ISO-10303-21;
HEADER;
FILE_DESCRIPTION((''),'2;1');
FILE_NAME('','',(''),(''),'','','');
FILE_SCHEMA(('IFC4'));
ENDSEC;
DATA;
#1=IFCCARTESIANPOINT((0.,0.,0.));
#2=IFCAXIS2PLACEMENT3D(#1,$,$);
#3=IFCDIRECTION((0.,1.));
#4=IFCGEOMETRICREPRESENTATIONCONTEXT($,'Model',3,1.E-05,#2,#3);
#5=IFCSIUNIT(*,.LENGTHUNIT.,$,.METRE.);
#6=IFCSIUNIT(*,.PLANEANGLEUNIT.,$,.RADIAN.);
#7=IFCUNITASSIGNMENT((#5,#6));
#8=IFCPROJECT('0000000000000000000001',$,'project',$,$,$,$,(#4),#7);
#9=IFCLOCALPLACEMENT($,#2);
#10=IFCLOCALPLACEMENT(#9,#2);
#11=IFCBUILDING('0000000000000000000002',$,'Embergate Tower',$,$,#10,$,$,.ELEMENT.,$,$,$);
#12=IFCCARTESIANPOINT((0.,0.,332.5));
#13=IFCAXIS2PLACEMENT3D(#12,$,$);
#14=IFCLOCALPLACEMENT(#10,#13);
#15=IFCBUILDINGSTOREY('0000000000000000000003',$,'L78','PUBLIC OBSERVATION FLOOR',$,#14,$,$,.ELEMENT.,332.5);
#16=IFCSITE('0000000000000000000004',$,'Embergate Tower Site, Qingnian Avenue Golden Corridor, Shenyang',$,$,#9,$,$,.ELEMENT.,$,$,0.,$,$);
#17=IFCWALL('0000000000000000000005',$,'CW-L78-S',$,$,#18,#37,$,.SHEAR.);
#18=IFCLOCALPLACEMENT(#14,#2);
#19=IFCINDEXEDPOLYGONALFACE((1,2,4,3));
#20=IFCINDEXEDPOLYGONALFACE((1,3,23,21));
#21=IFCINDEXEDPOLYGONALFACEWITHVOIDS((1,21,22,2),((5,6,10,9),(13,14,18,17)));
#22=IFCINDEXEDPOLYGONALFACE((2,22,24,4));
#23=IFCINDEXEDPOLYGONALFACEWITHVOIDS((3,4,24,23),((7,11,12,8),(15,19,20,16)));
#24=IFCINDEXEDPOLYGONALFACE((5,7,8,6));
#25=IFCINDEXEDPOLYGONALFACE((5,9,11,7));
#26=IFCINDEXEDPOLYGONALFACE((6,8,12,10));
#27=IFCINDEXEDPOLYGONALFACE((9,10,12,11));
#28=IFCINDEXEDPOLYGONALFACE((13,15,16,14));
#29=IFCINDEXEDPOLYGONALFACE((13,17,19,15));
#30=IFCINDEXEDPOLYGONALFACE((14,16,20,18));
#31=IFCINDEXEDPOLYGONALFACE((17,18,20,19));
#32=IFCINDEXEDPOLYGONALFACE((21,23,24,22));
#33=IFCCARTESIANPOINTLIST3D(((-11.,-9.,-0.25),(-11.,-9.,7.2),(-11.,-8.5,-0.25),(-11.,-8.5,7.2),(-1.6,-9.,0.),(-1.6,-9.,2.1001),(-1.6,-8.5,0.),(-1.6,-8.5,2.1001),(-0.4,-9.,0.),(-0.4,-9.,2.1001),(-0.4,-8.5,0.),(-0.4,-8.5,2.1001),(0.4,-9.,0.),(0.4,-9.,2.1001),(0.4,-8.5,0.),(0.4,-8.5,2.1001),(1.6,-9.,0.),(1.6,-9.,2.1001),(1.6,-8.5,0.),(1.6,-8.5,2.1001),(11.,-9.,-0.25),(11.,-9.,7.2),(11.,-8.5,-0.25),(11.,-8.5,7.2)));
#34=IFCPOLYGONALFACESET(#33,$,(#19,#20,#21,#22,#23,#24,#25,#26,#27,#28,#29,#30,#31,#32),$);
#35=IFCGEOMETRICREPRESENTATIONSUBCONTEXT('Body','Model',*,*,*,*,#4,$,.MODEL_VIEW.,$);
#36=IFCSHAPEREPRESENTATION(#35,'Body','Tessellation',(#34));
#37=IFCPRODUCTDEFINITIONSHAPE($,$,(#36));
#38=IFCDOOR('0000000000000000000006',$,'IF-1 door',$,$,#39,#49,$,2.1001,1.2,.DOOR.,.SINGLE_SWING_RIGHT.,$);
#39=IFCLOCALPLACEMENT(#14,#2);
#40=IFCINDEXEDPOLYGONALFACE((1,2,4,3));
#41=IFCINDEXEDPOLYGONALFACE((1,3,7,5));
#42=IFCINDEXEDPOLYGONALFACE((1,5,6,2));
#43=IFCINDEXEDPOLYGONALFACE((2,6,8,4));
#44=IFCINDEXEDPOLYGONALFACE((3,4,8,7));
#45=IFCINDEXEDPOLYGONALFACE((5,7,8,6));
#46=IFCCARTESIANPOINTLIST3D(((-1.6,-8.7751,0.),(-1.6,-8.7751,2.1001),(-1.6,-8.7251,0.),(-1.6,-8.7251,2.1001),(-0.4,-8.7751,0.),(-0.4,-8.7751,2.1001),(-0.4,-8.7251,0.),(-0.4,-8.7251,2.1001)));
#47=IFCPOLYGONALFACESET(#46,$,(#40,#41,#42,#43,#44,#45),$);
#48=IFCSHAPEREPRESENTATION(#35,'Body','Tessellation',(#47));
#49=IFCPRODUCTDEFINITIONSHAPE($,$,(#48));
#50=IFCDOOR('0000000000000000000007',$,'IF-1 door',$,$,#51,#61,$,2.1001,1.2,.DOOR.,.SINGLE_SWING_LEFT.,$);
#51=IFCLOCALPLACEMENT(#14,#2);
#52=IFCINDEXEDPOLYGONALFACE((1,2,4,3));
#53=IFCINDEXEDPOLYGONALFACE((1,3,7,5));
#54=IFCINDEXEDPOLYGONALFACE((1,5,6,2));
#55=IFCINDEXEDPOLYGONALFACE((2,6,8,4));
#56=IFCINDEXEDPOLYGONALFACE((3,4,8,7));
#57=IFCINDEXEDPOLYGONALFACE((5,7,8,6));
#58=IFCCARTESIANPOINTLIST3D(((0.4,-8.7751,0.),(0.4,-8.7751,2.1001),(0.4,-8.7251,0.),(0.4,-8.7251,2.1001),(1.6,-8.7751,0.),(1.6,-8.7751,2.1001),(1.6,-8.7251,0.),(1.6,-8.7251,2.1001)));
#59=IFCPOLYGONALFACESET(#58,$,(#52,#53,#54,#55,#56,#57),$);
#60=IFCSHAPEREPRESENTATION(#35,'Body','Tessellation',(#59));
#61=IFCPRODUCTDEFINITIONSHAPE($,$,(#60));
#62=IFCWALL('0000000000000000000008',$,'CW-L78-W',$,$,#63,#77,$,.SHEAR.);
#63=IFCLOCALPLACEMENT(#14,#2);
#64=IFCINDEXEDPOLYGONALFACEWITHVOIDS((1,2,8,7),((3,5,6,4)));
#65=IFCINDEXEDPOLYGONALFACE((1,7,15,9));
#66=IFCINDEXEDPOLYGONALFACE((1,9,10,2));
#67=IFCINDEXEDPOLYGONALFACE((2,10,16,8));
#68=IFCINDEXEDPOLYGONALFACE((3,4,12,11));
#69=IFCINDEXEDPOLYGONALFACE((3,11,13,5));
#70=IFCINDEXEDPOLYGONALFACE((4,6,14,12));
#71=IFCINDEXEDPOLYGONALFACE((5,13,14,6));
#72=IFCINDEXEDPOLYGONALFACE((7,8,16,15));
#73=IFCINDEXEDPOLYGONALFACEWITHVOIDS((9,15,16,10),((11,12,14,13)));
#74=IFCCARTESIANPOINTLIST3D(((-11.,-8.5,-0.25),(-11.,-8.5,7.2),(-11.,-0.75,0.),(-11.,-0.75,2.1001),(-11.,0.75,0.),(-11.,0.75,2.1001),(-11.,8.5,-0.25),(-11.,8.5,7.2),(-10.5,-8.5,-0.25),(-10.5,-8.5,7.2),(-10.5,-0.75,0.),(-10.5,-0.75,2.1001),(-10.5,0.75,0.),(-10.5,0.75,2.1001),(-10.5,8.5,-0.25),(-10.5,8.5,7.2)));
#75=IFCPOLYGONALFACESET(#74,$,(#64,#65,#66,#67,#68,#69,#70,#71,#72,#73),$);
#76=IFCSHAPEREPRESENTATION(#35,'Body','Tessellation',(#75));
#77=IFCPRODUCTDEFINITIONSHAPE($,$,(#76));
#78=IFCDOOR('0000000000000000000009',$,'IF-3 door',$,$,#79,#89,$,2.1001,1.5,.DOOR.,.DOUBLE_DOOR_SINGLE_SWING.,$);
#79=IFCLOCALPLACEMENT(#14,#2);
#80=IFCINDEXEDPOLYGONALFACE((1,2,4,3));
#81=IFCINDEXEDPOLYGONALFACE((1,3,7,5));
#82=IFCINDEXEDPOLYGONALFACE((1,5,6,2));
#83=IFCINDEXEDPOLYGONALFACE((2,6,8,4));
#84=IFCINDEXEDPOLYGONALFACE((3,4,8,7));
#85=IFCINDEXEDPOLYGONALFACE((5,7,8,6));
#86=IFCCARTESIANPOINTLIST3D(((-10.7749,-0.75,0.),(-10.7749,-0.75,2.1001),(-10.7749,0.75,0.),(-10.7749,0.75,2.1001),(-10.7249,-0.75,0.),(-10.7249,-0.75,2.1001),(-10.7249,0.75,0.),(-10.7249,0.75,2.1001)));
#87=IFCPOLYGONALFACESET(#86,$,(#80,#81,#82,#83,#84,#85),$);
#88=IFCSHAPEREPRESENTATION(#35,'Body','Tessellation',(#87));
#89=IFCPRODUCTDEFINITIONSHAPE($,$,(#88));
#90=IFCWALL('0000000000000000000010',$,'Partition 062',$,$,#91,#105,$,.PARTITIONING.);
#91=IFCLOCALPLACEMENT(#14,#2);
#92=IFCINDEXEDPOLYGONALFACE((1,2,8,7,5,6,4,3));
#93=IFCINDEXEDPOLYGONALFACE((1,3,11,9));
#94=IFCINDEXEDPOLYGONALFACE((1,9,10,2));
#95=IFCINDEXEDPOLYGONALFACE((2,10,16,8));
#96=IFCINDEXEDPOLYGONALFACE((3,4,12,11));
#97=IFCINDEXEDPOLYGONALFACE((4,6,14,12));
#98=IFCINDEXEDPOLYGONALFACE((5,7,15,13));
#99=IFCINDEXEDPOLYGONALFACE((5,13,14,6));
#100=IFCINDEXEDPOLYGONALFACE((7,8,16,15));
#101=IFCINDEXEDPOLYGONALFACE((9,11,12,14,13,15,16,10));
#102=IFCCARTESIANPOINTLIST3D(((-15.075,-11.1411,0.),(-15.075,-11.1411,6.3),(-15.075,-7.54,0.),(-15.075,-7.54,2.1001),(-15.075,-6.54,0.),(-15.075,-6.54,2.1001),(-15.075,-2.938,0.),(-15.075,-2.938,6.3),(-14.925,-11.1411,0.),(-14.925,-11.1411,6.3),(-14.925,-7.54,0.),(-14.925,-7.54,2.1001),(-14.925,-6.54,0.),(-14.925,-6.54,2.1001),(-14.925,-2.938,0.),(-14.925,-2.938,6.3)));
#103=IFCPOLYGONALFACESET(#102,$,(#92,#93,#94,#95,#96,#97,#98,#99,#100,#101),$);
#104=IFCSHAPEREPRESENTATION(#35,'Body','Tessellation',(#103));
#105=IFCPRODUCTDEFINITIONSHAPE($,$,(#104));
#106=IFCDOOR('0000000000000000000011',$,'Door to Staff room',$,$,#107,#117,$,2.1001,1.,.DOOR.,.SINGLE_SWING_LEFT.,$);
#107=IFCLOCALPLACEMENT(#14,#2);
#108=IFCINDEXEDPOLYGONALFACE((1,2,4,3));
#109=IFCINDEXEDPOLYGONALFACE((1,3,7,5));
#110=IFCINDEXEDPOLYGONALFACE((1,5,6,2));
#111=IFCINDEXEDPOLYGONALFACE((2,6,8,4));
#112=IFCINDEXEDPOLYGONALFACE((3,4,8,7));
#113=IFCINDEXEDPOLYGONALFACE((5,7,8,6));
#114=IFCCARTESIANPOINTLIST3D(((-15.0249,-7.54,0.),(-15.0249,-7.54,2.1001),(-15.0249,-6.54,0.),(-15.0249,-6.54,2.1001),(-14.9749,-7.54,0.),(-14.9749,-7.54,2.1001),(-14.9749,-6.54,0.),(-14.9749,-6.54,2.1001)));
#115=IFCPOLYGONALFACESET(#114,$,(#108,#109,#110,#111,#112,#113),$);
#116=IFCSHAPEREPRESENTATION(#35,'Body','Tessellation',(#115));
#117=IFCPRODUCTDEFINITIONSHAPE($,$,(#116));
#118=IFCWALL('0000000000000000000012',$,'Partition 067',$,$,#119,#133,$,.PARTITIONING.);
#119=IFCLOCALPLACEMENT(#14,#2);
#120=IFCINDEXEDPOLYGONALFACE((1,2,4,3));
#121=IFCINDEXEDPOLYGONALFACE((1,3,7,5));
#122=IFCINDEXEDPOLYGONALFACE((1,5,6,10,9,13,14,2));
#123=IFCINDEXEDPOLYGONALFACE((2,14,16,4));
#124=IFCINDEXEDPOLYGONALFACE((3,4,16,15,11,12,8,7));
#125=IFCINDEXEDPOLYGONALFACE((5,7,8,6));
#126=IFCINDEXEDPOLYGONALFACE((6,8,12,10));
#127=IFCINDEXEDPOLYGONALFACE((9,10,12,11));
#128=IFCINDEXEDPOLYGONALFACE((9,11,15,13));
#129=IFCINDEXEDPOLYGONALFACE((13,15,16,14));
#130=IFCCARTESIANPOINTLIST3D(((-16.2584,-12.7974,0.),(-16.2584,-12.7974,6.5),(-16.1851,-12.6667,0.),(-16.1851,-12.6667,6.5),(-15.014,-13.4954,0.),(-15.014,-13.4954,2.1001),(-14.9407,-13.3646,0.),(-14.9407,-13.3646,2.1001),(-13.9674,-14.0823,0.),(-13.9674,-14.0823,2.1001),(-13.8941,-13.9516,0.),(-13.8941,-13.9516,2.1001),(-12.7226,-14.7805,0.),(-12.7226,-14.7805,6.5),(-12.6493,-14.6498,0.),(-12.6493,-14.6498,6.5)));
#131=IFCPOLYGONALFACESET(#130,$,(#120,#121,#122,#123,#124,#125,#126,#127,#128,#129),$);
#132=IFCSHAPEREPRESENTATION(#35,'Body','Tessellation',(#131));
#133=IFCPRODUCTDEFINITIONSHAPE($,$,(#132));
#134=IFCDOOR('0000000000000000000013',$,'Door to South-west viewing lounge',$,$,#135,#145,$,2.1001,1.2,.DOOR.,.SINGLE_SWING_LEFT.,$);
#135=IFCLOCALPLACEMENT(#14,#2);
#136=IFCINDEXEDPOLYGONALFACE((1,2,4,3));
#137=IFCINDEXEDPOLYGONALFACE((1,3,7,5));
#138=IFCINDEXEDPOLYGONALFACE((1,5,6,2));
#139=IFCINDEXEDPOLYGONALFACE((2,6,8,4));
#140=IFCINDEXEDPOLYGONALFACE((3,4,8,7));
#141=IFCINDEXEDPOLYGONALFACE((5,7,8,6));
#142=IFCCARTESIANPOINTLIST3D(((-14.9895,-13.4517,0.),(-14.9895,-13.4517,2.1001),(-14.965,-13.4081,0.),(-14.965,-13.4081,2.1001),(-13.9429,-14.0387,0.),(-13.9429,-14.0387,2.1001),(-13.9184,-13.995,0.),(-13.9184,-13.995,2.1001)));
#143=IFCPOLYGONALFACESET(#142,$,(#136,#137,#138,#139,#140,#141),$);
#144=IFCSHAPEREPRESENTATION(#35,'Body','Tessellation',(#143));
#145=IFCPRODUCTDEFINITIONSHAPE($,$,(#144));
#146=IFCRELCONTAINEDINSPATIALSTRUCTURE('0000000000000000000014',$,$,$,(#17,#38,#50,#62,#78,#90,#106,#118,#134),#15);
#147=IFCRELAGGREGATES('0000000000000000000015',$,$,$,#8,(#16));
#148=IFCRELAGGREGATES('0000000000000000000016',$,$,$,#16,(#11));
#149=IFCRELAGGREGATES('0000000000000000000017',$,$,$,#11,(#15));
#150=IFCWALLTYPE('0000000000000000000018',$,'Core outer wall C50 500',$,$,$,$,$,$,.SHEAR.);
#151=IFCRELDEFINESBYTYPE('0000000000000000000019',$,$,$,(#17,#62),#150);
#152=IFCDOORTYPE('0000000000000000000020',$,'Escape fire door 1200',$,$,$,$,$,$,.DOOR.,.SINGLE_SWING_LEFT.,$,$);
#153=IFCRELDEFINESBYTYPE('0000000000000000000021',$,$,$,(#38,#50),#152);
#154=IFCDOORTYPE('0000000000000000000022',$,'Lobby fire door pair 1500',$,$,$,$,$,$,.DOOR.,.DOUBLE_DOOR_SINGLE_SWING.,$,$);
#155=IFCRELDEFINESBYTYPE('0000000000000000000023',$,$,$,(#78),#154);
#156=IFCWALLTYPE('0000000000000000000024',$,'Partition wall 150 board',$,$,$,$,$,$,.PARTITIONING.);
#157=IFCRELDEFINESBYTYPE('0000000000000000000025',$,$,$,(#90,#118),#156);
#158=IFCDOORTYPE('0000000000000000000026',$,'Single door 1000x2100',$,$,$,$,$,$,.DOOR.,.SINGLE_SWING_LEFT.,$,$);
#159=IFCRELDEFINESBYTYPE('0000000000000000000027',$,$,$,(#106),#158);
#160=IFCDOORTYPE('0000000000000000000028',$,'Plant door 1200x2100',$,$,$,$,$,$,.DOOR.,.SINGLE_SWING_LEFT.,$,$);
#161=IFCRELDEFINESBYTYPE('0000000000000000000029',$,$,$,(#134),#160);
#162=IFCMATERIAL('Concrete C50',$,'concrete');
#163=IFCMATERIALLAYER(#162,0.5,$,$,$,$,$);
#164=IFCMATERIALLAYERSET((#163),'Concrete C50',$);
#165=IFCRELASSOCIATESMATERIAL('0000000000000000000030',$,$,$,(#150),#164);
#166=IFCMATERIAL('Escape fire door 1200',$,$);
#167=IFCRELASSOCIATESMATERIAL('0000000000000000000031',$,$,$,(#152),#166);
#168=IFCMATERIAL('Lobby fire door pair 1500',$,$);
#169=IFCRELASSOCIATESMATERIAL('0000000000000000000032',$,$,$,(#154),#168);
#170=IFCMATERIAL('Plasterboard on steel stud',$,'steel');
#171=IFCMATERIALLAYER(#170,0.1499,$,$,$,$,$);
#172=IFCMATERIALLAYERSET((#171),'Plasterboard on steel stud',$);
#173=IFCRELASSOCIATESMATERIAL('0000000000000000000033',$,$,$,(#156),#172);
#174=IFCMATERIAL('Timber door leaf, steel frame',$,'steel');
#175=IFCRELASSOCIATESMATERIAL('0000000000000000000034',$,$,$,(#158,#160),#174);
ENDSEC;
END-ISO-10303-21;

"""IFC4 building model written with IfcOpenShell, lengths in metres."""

from ifc_helpers import new_model, si_unit, direction, frame, frame_2d, origin, place, context, subcontext, project, spatial, rectangle, extrude, source, transform, mapped, material, layer, layer_set, type_object, element, fill, save


model = new_model("IFC4")

# Units and contexts
model_context = context("Model", 3, precision=1e-05, world=origin(), true_north=direction((0.0, 1.0)))
body_context = subcontext(model_context, "Body", "Model", "MODEL_VIEW")
ifc_project = project(units=[si_unit("LENGTHUNIT", "METRE"), si_unit("PLANEANGLEUNIT", "RADIAN")], contexts=[model_context])

# Site, building, storey
site_placement = place(None, origin())
site = spatial("IfcSite", under=ifc_project, at=site_placement, Name="Embergate Tower Site, Qingnian Avenue Golden Corridor, Shenyang", CompositionType="ELEMENT", RefElevation=0.0)
building_placement = place(site_placement, origin())
building = spatial("IfcBuilding", under=site, at=building_placement, Name="Embergate Tower", CompositionType="ELEMENT")
storey_placement = place(building_placement, frame((0.0, 0.0, 332.5)))
storey = spatial("IfcBuildingStorey", under=building, at=storey_placement, Name="L78", Description="PUBLIC OBSERVATION FLOOR", CompositionType="ELEMENT", Elevation=332.5)

# Wall, openings, doors
ifc_material_1 = material(Name="Concrete C50", Category="concrete")
ifc_layer_1 = layer(ifc_material_1, 0.5)
ifc_layer_set_1 = layer_set([ifc_layer_1], Name="Concrete C50")
wall_type_1 = type_object("IfcWallType", Name="Core outer wall C50 500", PredefinedType="SHEAR", material=ifc_layer_set_1)
shared_shape_1 = source(origin(), body_context, "Body", "SweptSolid", [
    extrude(rectangle(XDim=22.0, YDim=0.5, at=frame_2d((11.0, 0.0))), origin(), (0.0, 0.0, 1.0), 7.45),
])
wall_1_placement = place(storey_placement, frame((-11.0, -8.75, -0.25), z_axis=(0.0, 0.0, 1.0), x_axis=(1.0, 0.0, 0.0)))
wall_1 = element("IfcWall", 1, at=wall_1_placement, inside=storey, type_object=wall_type_1, Name="CW-L78-S", PredefinedType="SHEAR", context=body_context, shape_type="MappedRepresentation", body=[
    mapped(shared_shape_1, transform((0.0, 0.0, 0.0))),
])
shared_shape_2 = source(origin(), body_context, "Body", "SweptSolid", [
    extrude(rectangle(XDim=1.2, YDim=2.1001, at=frame_2d((0.6001, 1.05))), frame((0.0, 0.26, 0.0), z_axis=(0.0, -1.0, 0.0), x_axis=(1.0, 0.0, 0.0)), (0.0, 0.0, 1.0), 0.52),
])
opening_1_placement = place(wall_1_placement, frame((9.3999, 0.0, 0.25)))
opening_1 = element("IfcOpeningElement", 2, at=opening_1_placement, cuts=wall_1, PredefinedType="OPENING", context=body_context, shape_type="MappedRepresentation", body=[
    mapped(shared_shape_2, transform((0.0, 0.0, 0.0))),
])
opening_2_placement = place(wall_1_placement, frame((11.3999, 0.0, 0.25)))
opening_2 = element("IfcOpeningElement", 3, at=opening_2_placement, cuts=wall_1, PredefinedType="OPENING", context=body_context, shape_type="MappedRepresentation", body=[
    mapped(shared_shape_2, transform((0.0, 0.0, 0.0))),
])
ifc_material_2 = material(Name="Escape fire door 1200")
door_type_1 = type_object("IfcDoorType", Name="Escape fire door 1200", OperationType="SINGLE_SWING_LEFT", PredefinedType="DOOR", material=ifc_material_2)
shared_shape_3 = source(origin(), body_context, "Body", "SweptSolid", [
    extrude(rectangle(XDim=1.2, YDim=2.1001, at=frame_2d((0.6001, 1.05))), frame((0.0, 0.0249, 0.0), z_axis=(0.0, -1.0, 0.0), x_axis=(1.0, 0.0, 0.0)), (0.0, 0.0, 1.0), 0.05),
])
door_1_placement = place(opening_1_placement, origin())
door_1 = element("IfcDoor", 4, at=door_1_placement, inside=storey, type_object=door_type_1, Name="IF-1 door", OperationType="SINGLE_SWING_RIGHT", OverallHeight=2.1001, OverallWidth=1.2, PredefinedType="DOOR", context=body_context, shape_type="MappedRepresentation", body=[
    mapped(shared_shape_3, transform((0.0, 0.0, 0.0))),
])
fill(opening_1, door_1)
door_2_placement = place(opening_2_placement, origin())
door_2 = element("IfcDoor", 5, at=door_2_placement, inside=storey, type_object=door_type_1, Name="IF-1 door", OperationType="SINGLE_SWING_LEFT", OverallHeight=2.1001, OverallWidth=1.2, PredefinedType="DOOR", context=body_context, shape_type="MappedRepresentation", body=[
    mapped(shared_shape_3, transform((0.0, 0.0, 0.0))),
])
fill(opening_2, door_2)

# Walls, openings, doors
shared_shape_4 = source(origin(), body_context, "Body", "SweptSolid", [
    extrude(rectangle(XDim=17.0, YDim=0.5, at=frame_2d((8.5, 0.0))), origin(), (0.0, 0.0, 1.0), 7.45),
])
wall_2_placement = place(storey_placement, frame((-10.75, -8.5, -0.25), z_axis=(0.0, 0.0, 1.0), x_axis=(0.0, 1.0, 0.0)))
wall_2 = element("IfcWall", 6, at=wall_2_placement, inside=storey, type_object=wall_type_1, Name="CW-L78-W", PredefinedType="SHEAR", context=body_context, shape_type="MappedRepresentation", body=[
    mapped(shared_shape_4, transform((0.0, 0.0, 0.0))),
])
shared_shape_5 = source(origin(), body_context, "Body", "SweptSolid", [
    extrude(rectangle(XDim=1.5, YDim=2.1001, at=frame_2d((0.75, 1.05))), frame((0.0, 0.26, 0.0), z_axis=(0.0, -1.0, 0.0), x_axis=(1.0, 0.0, 0.0)), (0.0, 0.0, 1.0), 0.52),
])
opening_3_placement = place(wall_2_placement, frame((7.75, 0.0, 0.25)))
opening_3 = element("IfcOpeningElement", 7, at=opening_3_placement, cuts=wall_2, PredefinedType="OPENING", context=body_context, shape_type="MappedRepresentation", body=[
    mapped(shared_shape_5, transform((0.0, 0.0, 0.0))),
])
ifc_material_3 = material(Name="Lobby fire door pair 1500")
door_type_2 = type_object("IfcDoorType", Name="Lobby fire door pair 1500", OperationType="DOUBLE_DOOR_SINGLE_SWING", PredefinedType="DOOR", material=ifc_material_3)
shared_shape_6 = source(origin(), body_context, "Body", "SweptSolid", [
    extrude(rectangle(XDim=1.5, YDim=2.1001, at=frame_2d((0.75, 1.05))), frame((0.0, 0.0249, 0.0), z_axis=(0.0, -1.0, 0.0), x_axis=(1.0, 0.0, 0.0)), (0.0, 0.0, 1.0), 0.05),
])
door_3_placement = place(opening_3_placement, origin())
door_3 = element("IfcDoor", 8, at=door_3_placement, inside=storey, type_object=door_type_2, Name="IF-3 door", OperationType="DOUBLE_DOOR_SINGLE_SWING", OverallHeight=2.1001, OverallWidth=1.5, PredefinedType="DOOR", context=body_context, shape_type="MappedRepresentation", body=[
    mapped(shared_shape_6, transform((0.0, 0.0, 0.0))),
])
fill(opening_3, door_3)
ifc_material_4 = material(Name="Plasterboard on steel stud", Category="steel")
ifc_layer_2 = layer(ifc_material_4, 0.1499)
ifc_layer_set_2 = layer_set([ifc_layer_2], Name="Plasterboard on steel stud")
wall_type_2 = type_object("IfcWallType", Name="Partition wall 150 board", PredefinedType="PARTITIONING", material=ifc_layer_set_2)
shared_shape_7 = source(origin(), body_context, "Body", "SweptSolid", [
    extrude(rectangle(XDim=8.2031, YDim=0.1499, at=frame_2d((4.1016, 0.0))), origin(), (0.0, 0.0, 1.0), 6.3),
])
wall_3_placement = place(storey_placement, frame((-15.0, -11.1411, 0.0), z_axis=(0.0, 0.0, 1.0), x_axis=(0.0, 1.0, 0.0)))
wall_3 = element("IfcWall", 9, at=wall_3_placement, inside=storey, type_object=wall_type_2, Name="Partition 062", PredefinedType="PARTITIONING", context=body_context, shape_type="MappedRepresentation", body=[
    mapped(shared_shape_7, transform((0.0, 0.0, 0.0))),
])
shared_shape_8 = source(origin(), body_context, "Body", "SweptSolid", [
    extrude(rectangle(XDim=1.0, YDim=2.1001, at=frame_2d((0.5, 1.05))), frame((0.0, 0.085, 0.0), z_axis=(0.0, -1.0, 0.0), x_axis=(1.0, 0.0, 0.0)), (0.0, 0.0, 1.0), 0.1699),
])
opening_4_placement = place(wall_3_placement, frame((3.6011, 0.0, 0.0)))
opening_4 = element("IfcOpeningElement", 10, at=opening_4_placement, cuts=wall_3, PredefinedType="OPENING", context=body_context, shape_type="MappedRepresentation", body=[
    mapped(shared_shape_8, transform((0.0, 0.0, 0.0))),
])
ifc_material_5 = material(Name="Timber door leaf, steel frame", Category="steel")
door_type_3 = type_object("IfcDoorType", Name="Single door 1000x2100", OperationType="SINGLE_SWING_LEFT", PredefinedType="DOOR", material=ifc_material_5)
shared_shape_9 = source(origin(), body_context, "Body", "SweptSolid", [
    extrude(rectangle(XDim=1.0, YDim=2.1001, at=frame_2d((0.5, 1.05))), frame((0.0, 0.0249, 0.0), z_axis=(0.0, -1.0, 0.0), x_axis=(1.0, 0.0, 0.0)), (0.0, 0.0, 1.0), 0.05),
])
door_4_placement = place(opening_4_placement, origin())
door_4 = element("IfcDoor", 11, at=door_4_placement, inside=storey, type_object=door_type_3, Name="Door to Staff room", OperationType="SINGLE_SWING_LEFT", OverallHeight=2.1001, OverallWidth=1.0, PredefinedType="DOOR", context=body_context, shape_type="MappedRepresentation", body=[
    mapped(shared_shape_9, transform((0.0, 0.0, 0.0))),
])
fill(opening_4, door_4)
shared_shape_10 = source(origin(), body_context, "Body", "SweptSolid", [
    extrude(rectangle(XDim=4.054, YDim=0.1499, at=frame_2d((2.0269, 0.0))), origin(), (0.0, 0.0, 1.0), 6.5),
])
wall_4_placement = place(storey_placement, frame((-12.686, -14.7151, 0.0), z_axis=(0.0, 0.0, 1.0), x_axis=(-0.872184, 0.489177, 0.0)))
wall_4 = element("IfcWall", 12, at=wall_4_placement, inside=storey, type_object=wall_type_2, Name="Partition 067", PredefinedType="PARTITIONING", context=body_context, shape_type="MappedRepresentation", body=[
    mapped(shared_shape_10, transform((0.0, 0.0, 0.0))),
])
shared_shape_11 = source(origin(), body_context, "Body", "SweptSolid", [
    extrude(rectangle(XDim=1.2, YDim=2.1001, at=frame_2d((0.6001, 1.05))), frame((0.0, 0.085, 0.0), z_axis=(0.0, -1.0, 0.0), x_axis=(1.0, 0.0, 0.0)), (0.0, 0.0, 1.0), 0.1699),
])
opening_5_placement = place(wall_4_placement, frame((1.427, 0.0, 0.0)))
opening_5 = element("IfcOpeningElement", 13, at=opening_5_placement, cuts=wall_4, PredefinedType="OPENING", context=body_context, shape_type="MappedRepresentation", body=[
    mapped(shared_shape_11, transform((0.0, 0.0, 0.0))),
])
door_type_4 = type_object("IfcDoorType", Name="Plant door 1200x2100", OperationType="SINGLE_SWING_LEFT", PredefinedType="DOOR", material=ifc_material_5)
shared_shape_12 = source(origin(), body_context, "Body", "SweptSolid", [
    extrude(rectangle(XDim=1.2, YDim=2.1001, at=frame_2d((0.6001, 1.05))), frame((0.0, 0.0249, 0.0), z_axis=(0.0, -1.0, 0.0), x_axis=(1.0, 0.0, 0.0)), (0.0, 0.0, 1.0), 0.05),
])
door_5_placement = place(opening_5_placement, origin())
door_5 = element("IfcDoor", 14, at=door_5_placement, inside=storey, type_object=door_type_4, Name="Door to South-west viewing lounge", OperationType="SINGLE_SWING_LEFT", OverallHeight=2.1001, OverallWidth=1.2, PredefinedType="DOOR", context=body_context, shape_type="MappedRepresentation", body=[
    mapped(shared_shape_12, transform((0.0, 0.0, 0.0))),
])
fill(opening_5, door_5)

save(model, "model.ifc")
